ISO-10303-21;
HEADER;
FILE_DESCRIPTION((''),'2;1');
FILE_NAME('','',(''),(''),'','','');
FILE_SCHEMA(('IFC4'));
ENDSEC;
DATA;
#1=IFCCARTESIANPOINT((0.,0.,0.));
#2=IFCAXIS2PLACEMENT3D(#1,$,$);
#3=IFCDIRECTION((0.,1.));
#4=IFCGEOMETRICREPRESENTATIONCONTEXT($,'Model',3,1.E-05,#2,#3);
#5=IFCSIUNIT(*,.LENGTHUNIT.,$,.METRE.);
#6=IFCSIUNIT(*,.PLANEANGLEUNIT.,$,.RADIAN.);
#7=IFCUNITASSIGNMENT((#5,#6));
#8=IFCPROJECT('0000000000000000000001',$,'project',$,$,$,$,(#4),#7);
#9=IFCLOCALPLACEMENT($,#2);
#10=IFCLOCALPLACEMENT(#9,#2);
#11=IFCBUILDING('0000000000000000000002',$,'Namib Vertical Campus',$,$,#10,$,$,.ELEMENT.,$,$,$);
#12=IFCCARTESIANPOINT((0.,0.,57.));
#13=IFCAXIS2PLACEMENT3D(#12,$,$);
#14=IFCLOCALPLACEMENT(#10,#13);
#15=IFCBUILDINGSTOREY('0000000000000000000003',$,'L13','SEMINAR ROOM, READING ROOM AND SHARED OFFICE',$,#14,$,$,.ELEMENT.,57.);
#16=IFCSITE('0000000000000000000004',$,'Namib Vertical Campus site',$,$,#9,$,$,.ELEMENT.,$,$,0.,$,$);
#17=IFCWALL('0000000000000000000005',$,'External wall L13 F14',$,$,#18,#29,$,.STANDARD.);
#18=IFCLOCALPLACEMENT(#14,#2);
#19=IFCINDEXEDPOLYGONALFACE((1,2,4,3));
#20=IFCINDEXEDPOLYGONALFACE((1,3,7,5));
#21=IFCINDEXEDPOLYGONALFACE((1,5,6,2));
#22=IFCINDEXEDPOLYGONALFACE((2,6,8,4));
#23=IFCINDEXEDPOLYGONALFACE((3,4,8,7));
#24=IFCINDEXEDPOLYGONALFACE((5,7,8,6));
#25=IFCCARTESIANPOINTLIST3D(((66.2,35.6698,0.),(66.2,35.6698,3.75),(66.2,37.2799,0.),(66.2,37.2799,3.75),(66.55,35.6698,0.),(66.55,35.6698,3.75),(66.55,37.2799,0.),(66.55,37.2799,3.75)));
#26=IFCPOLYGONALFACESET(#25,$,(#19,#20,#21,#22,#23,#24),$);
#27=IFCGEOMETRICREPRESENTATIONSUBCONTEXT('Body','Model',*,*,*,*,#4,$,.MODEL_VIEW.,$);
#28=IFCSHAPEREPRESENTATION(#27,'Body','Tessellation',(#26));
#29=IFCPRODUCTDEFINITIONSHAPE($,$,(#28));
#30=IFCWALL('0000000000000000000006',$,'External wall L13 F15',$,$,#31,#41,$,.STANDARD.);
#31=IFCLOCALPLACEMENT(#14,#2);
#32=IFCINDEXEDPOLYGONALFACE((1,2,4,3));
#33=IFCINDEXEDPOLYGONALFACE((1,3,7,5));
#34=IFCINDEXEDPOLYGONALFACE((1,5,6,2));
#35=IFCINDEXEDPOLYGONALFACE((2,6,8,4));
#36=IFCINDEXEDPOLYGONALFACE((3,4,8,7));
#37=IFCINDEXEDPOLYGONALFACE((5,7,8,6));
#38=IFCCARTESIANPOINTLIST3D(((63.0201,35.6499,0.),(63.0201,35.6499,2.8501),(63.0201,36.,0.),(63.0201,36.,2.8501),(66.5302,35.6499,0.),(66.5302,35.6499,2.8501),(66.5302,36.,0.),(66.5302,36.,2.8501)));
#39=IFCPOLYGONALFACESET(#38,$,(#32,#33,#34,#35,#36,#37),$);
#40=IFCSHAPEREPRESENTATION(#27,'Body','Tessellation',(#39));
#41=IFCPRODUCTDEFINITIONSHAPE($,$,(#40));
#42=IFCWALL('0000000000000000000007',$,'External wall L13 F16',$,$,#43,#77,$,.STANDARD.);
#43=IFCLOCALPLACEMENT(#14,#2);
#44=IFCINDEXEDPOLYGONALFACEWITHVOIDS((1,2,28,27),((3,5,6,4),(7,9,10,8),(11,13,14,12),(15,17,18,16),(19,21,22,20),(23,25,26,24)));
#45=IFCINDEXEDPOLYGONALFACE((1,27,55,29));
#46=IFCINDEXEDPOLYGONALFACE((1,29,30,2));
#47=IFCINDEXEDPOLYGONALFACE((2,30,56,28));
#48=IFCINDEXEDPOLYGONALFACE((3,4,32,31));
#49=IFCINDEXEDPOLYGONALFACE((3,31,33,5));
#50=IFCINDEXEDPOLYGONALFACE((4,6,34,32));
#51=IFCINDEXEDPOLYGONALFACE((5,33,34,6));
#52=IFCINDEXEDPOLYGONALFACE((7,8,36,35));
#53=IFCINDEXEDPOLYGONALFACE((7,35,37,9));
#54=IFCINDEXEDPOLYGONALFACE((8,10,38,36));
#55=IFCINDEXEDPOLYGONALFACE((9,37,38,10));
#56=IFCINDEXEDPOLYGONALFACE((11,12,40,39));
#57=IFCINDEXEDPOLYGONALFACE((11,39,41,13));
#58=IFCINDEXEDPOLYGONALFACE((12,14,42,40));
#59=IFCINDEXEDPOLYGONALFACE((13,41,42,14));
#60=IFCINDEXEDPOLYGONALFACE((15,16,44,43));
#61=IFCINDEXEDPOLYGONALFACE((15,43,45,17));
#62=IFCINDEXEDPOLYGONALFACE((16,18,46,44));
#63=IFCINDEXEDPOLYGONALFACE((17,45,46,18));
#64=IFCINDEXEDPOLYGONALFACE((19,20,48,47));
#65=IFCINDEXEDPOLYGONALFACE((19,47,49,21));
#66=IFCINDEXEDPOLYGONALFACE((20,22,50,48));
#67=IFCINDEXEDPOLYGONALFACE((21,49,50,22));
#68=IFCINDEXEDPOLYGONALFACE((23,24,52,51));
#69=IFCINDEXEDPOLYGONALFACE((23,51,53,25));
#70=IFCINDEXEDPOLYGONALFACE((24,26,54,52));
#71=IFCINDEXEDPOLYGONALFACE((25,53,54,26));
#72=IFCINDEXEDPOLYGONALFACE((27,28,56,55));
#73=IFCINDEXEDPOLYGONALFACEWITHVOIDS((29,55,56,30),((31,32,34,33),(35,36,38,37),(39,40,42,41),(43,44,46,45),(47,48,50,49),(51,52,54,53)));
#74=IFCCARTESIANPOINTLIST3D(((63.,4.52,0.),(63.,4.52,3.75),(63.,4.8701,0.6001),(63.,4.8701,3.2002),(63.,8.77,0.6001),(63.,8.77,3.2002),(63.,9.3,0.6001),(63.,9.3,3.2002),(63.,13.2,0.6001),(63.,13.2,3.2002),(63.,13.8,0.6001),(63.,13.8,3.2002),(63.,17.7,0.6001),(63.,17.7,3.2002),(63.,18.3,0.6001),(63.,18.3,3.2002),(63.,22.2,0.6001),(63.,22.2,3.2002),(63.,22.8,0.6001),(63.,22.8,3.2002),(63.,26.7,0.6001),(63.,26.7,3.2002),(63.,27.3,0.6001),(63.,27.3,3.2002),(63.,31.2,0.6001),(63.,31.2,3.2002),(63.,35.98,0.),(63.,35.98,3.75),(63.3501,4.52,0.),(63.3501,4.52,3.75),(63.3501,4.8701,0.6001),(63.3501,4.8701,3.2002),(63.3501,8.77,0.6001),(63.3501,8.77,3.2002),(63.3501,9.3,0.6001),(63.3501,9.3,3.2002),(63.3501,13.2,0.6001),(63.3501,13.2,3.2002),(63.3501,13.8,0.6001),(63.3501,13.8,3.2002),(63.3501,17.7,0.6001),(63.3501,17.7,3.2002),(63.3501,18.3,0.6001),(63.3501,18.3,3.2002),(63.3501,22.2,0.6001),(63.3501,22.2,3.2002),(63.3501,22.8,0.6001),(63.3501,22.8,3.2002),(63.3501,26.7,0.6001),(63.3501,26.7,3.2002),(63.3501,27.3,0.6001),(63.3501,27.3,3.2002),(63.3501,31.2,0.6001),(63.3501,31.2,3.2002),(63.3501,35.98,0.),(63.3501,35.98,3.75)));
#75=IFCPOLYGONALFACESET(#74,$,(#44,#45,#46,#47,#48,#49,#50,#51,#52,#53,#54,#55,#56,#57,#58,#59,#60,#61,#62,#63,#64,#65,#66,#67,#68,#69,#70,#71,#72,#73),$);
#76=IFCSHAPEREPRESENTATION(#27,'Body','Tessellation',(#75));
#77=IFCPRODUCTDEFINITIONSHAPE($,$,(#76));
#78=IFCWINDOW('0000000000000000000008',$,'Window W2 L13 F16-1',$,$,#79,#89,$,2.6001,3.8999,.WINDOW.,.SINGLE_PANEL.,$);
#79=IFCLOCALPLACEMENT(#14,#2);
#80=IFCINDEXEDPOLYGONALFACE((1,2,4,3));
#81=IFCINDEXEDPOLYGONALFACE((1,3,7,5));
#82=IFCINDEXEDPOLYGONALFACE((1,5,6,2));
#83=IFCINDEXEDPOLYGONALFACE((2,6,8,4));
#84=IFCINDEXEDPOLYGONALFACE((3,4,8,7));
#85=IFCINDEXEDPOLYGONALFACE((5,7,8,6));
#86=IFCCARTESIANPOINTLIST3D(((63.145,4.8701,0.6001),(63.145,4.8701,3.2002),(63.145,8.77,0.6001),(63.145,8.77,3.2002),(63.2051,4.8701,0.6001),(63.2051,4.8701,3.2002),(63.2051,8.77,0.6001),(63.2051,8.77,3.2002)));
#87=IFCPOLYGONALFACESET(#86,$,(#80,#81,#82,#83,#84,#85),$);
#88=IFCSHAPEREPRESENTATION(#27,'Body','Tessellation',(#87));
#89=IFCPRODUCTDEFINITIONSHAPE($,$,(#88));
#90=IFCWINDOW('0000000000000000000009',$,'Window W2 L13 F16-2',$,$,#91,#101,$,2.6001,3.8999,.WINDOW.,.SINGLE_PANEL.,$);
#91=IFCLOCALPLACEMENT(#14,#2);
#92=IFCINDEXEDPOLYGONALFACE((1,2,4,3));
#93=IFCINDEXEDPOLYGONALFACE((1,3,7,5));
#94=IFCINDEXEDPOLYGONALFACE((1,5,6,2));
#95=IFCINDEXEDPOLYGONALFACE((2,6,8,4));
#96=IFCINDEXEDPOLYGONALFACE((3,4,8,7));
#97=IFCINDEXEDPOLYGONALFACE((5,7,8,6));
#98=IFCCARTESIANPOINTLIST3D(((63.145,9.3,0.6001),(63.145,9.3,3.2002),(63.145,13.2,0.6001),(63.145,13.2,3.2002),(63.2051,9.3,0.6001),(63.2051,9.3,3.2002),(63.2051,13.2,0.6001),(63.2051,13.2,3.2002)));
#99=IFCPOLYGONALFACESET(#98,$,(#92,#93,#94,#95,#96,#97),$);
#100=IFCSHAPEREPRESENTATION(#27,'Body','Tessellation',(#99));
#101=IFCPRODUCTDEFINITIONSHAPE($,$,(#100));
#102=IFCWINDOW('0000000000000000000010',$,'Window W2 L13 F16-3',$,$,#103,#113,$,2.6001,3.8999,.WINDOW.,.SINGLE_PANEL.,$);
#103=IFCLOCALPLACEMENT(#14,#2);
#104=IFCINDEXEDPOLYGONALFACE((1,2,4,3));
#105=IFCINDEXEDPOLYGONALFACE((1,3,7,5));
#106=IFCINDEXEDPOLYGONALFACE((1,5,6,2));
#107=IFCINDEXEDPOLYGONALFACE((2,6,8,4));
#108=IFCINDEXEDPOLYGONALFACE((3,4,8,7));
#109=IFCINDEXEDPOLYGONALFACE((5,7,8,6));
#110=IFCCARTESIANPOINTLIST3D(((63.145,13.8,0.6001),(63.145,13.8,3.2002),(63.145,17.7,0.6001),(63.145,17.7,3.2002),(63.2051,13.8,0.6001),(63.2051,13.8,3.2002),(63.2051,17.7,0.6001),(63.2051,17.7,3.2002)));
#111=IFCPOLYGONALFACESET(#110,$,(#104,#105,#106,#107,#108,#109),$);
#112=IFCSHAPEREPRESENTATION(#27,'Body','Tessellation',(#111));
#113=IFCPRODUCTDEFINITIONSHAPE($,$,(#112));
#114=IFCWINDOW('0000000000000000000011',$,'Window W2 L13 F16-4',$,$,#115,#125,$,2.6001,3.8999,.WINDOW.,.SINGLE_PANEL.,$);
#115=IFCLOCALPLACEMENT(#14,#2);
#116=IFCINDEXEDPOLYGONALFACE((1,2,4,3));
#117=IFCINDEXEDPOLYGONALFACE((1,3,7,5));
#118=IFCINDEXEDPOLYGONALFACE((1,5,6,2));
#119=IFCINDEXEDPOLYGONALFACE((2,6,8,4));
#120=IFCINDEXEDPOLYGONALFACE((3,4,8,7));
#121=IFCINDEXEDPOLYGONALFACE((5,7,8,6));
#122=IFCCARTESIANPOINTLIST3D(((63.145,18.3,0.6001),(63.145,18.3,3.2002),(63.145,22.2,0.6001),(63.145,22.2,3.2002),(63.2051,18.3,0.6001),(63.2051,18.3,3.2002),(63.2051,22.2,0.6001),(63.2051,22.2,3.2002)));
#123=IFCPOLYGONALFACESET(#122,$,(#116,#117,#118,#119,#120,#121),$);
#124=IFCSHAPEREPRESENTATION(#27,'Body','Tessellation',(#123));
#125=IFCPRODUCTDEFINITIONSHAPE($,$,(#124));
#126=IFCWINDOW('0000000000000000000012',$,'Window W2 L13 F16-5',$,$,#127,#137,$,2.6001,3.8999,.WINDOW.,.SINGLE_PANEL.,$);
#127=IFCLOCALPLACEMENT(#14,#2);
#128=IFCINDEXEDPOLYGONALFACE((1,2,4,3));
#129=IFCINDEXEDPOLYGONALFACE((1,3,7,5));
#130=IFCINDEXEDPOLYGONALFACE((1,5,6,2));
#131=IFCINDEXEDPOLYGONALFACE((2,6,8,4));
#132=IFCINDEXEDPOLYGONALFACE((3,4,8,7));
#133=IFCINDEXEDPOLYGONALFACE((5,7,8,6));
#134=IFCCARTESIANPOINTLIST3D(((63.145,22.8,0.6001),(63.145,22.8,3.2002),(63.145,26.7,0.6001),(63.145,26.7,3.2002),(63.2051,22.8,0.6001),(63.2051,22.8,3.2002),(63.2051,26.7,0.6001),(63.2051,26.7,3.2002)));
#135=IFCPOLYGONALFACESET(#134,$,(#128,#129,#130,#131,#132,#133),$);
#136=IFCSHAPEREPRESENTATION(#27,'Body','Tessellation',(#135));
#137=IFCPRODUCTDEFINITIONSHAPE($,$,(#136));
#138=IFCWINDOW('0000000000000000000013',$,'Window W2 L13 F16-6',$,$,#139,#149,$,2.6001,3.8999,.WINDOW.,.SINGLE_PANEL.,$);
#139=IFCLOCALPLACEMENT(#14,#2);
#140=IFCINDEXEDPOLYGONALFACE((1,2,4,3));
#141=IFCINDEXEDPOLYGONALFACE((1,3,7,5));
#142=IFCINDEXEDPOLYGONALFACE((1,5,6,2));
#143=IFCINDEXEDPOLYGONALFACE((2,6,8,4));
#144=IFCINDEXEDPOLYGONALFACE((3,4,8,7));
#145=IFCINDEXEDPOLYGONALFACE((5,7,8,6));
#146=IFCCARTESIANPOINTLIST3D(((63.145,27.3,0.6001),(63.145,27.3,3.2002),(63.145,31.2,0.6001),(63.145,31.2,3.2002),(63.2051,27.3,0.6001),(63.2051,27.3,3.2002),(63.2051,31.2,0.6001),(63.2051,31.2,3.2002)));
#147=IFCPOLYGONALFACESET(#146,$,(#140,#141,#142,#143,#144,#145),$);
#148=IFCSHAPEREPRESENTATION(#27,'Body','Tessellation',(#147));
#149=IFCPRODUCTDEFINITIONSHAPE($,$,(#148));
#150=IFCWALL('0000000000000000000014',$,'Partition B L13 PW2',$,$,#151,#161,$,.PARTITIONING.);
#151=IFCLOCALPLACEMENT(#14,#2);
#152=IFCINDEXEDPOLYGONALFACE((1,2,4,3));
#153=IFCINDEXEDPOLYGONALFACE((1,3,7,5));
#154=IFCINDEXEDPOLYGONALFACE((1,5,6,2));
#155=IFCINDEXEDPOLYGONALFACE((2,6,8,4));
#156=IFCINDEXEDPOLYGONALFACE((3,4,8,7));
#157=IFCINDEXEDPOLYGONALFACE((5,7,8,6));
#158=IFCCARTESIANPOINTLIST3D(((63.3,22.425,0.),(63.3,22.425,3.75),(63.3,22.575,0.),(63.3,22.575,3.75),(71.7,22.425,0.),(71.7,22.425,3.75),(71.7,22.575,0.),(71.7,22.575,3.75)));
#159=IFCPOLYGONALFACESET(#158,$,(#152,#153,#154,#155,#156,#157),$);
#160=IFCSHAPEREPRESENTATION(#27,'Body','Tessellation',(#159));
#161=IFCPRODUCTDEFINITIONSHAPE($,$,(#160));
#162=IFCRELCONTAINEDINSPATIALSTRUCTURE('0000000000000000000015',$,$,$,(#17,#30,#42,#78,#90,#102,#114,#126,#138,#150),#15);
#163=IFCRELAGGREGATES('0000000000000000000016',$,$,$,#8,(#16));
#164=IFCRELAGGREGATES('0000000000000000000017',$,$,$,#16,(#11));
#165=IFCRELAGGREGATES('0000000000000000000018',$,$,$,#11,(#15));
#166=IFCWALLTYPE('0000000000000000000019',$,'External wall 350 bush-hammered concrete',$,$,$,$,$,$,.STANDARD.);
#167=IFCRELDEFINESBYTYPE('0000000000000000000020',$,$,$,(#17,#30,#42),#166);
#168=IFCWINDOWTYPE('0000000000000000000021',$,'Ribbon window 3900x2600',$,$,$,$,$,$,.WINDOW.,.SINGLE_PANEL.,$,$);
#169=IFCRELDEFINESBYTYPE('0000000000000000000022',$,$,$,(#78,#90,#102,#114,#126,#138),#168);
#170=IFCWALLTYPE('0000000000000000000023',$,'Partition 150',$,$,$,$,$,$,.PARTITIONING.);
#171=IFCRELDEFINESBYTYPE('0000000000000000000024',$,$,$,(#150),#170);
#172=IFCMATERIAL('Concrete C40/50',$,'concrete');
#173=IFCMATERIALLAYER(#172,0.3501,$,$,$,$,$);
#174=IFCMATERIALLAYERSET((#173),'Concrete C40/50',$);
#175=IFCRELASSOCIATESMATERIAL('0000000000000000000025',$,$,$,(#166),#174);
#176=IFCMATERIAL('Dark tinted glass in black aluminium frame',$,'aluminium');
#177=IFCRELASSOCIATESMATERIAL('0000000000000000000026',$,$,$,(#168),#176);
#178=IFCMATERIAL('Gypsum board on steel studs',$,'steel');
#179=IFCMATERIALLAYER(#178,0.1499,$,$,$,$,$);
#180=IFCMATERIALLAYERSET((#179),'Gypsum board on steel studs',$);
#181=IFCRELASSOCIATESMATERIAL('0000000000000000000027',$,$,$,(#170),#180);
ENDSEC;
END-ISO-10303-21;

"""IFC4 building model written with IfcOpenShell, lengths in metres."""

from ifc_helpers import new_model, si_unit, direction, frame, frame_2d, origin, place, context, subcontext, project, spatial, rectangle, extrude, material, layer, layer_set, type_object, element, fill, save


model = new_model("IFC4")

# Units and contexts
model_context = context("Model", 3, precision=1e-05, world=origin(), true_north=direction((0.0, 1.0)))
body_context = subcontext(model_context, "Body", "Model", "MODEL_VIEW")
ifc_project = project(units=[si_unit("LENGTHUNIT", "METRE"), si_unit("PLANEANGLEUNIT", "RADIAN")], contexts=[model_context])

# Site, building, storey
site_placement = place(None, origin())
site = spatial("IfcSite", under=ifc_project, at=site_placement, Name="Namib Vertical Campus site", CompositionType="ELEMENT", RefElevation=0.0)
building_placement = place(site_placement, origin())
building = spatial("IfcBuilding", under=site, at=building_placement, Name="Namib Vertical Campus", CompositionType="ELEMENT")
storey_placement = place(building_placement, frame((0.0, 0.0, 57.0)))
storey = spatial("IfcBuildingStorey", under=building, at=storey_placement, Name="L13", Description="SEMINAR ROOM, READING ROOM AND SHARED OFFICE", CompositionType="ELEMENT", Elevation=57.0)

# Walls
ifc_material_1 = material(Name="Concrete C40/50", Category="concrete")
ifc_layer_1 = layer(ifc_material_1, 0.3501)
ifc_layer_set_1 = layer_set([ifc_layer_1], Name="Concrete C40/50")
wall_type_1 = type_object("IfcWallType", Name="External wall 350 bush-hammered concrete", PredefinedType="STANDARD", material=ifc_layer_set_1)
wall_1_placement = place(storey_placement, frame((66.375, 37.28, 0.0), z_axis=(0.0, 0.0, 1.0), x_axis=(0.0, -1.0, 0.0)))
element("IfcWall", 1, at=wall_1_placement, inside=storey, type_object=wall_type_1, Name="External wall L13 F14", PredefinedType="STANDARD", context=body_context, shape_type="SweptSolid", body=[
    extrude(rectangle(XDim=1.6101, YDim=0.3501, at=frame_2d((0.8052, 0.0))), origin(), (0.0, 0.0, 1.0), 3.75),
])
wall_2_placement = place(storey_placement, frame((66.53, 35.825, 0.0), z_axis=(0.0, 0.0, 1.0), x_axis=(-1.0, 0.0, 0.0)))
element("IfcWall", 2, at=wall_2_placement, inside=storey, type_object=wall_type_1, Name="External wall L13 F15", PredefinedType="STANDARD", context=body_context, shape_type="SweptSolid", body=[
    extrude(rectangle(XDim=3.51, YDim=0.3501, at=frame_2d((1.7549, 0.0))), origin(), (0.0, 0.0, 1.0), 2.8501),
])

# Wall, openings, windows
wall_3_placement = place(storey_placement, frame((63.175, 35.98, 0.0), z_axis=(0.0, 0.0, 1.0), x_axis=(0.0, -1.0, 0.0)))
wall_3 = element("IfcWall", 3, at=wall_3_placement, inside=storey, type_object=wall_type_1, Name="External wall L13 F16", PredefinedType="STANDARD", context=body_context, shape_type="SweptSolid", body=[
    extrude(rectangle(XDim=31.46, YDim=0.3501, at=frame_2d((15.73, 0.0))), origin(), (0.0, 0.0, 1.0), 3.75),
])
opening_1_placement = place(wall_3_placement, frame((27.21, 0.0, 0.6001)))
opening_1 = element("IfcOpeningElement", 4, at=opening_1_placement, cuts=wall_3, PredefinedType="OPENING", context=body_context, shape_type="SweptSolid", body=[
    extrude(rectangle(XDim=3.8999, YDim=2.6001, at=frame_2d((1.95, 1.3))), frame((0.0, 0.1851, 0.0), z_axis=(0.0, -1.0, 0.0), x_axis=(1.0, 0.0, 0.0)), (0.0, 0.0, 1.0), 0.3701),
])
opening_2_placement = place(wall_3_placement, frame((22.78, 0.0, 0.6001)))
opening_2 = element("IfcOpeningElement", 5, at=opening_2_placement, cuts=wall_3, PredefinedType="OPENING", context=body_context, shape_type="SweptSolid", body=[
    extrude(rectangle(XDim=3.8999, YDim=2.6001, at=frame_2d((1.95, 1.3))), frame((0.0, 0.1851, 0.0), z_axis=(0.0, -1.0, 0.0), x_axis=(1.0, 0.0, 0.0)), (0.0, 0.0, 1.0), 0.3701),
])
opening_3_placement = place(wall_3_placement, frame((18.28, 0.0, 0.6001)))
opening_3 = element("IfcOpeningElement", 6, at=opening_3_placement, cuts=wall_3, PredefinedType="OPENING", context=body_context, shape_type="SweptSolid", body=[
    extrude(rectangle(XDim=3.8999, YDim=2.6001, at=frame_2d((1.95, 1.3))), frame((0.0, 0.1851, 0.0), z_axis=(0.0, -1.0, 0.0), x_axis=(1.0, 0.0, 0.0)), (0.0, 0.0, 1.0), 0.3701),
])
opening_4_placement = place(wall_3_placement, frame((13.78, 0.0, 0.6001)))
opening_4 = element("IfcOpeningElement", 7, at=opening_4_placement, cuts=wall_3, PredefinedType="OPENING", context=body_context, shape_type="SweptSolid", body=[
    extrude(rectangle(XDim=3.8999, YDim=2.6001, at=frame_2d((1.95, 1.3))), frame((0.0, 0.1851, 0.0), z_axis=(0.0, -1.0, 0.0), x_axis=(1.0, 0.0, 0.0)), (0.0, 0.0, 1.0), 0.3701),
])
opening_5_placement = place(wall_3_placement, frame((9.28, 0.0, 0.6001)))
opening_5 = element("IfcOpeningElement", 8, at=opening_5_placement, cuts=wall_3, PredefinedType="OPENING", context=body_context, shape_type="SweptSolid", body=[
    extrude(rectangle(XDim=3.8999, YDim=2.6001, at=frame_2d((1.95, 1.3))), frame((0.0, 0.1851, 0.0), z_axis=(0.0, -1.0, 0.0), x_axis=(1.0, 0.0, 0.0)), (0.0, 0.0, 1.0), 0.3701),
])
opening_6_placement = place(wall_3_placement, frame((4.78, 0.0, 0.6001)))
opening_6 = element("IfcOpeningElement", 9, at=opening_6_placement, cuts=wall_3, PredefinedType="OPENING", context=body_context, shape_type="SweptSolid", body=[
    extrude(rectangle(XDim=3.8999, YDim=2.6001, at=frame_2d((1.95, 1.3))), frame((0.0, 0.1851, 0.0), z_axis=(0.0, -1.0, 0.0), x_axis=(1.0, 0.0, 0.0)), (0.0, 0.0, 1.0), 0.3701),
])
ifc_material_2 = material(Name="Dark tinted glass in black aluminium frame", Category="aluminium")
window_type = type_object("IfcWindowType", Name="Ribbon window 3900x2600", PartitioningType="SINGLE_PANEL", PredefinedType="WINDOW", material=ifc_material_2)
window_1_placement = place(opening_1_placement, origin())
window_1 = element("IfcWindow", 10, at=window_1_placement, inside=storey, type_object=window_type, Name="Window W2 L13 F16-1", OverallHeight=2.6001, OverallWidth=3.8999, PartitioningType="SINGLE_PANEL", PredefinedType="WINDOW", context=body_context, shape_type="SweptSolid", body=[
    extrude(rectangle(XDim=3.8999, YDim=2.6001, at=frame_2d((1.95, 1.3))), frame((0.0, 0.03, 0.0), z_axis=(0.0, -1.0, 0.0), x_axis=(1.0, 0.0, 0.0)), (0.0, 0.0, 1.0), 0.0601),
])
fill(opening_1, window_1)
window_2_placement = place(opening_2_placement, origin())
window_2 = element("IfcWindow", 11, at=window_2_placement, inside=storey, type_object=window_type, Name="Window W2 L13 F16-2", OverallHeight=2.6001, OverallWidth=3.8999, PartitioningType="SINGLE_PANEL", PredefinedType="WINDOW", context=body_context, shape_type="SweptSolid", body=[
    extrude(rectangle(XDim=3.8999, YDim=2.6001, at=frame_2d((1.95, 1.3))), frame((0.0, 0.03, 0.0), z_axis=(0.0, -1.0, 0.0), x_axis=(1.0, 0.0, 0.0)), (0.0, 0.0, 1.0), 0.0601),
])
fill(opening_2, window_2)
window_3_placement = place(opening_3_placement, origin())
window_3 = element("IfcWindow", 12, at=window_3_placement, inside=storey, type_object=window_type, Name="Window W2 L13 F16-3", OverallHeight=2.6001, OverallWidth=3.8999, PartitioningType="SINGLE_PANEL", PredefinedType="WINDOW", context=body_context, shape_type="SweptSolid", body=[
    extrude(rectangle(XDim=3.8999, YDim=2.6001, at=frame_2d((1.95, 1.3))), frame((0.0, 0.03, 0.0), z_axis=(0.0, -1.0, 0.0), x_axis=(1.0, 0.0, 0.0)), (0.0, 0.0, 1.0), 0.0601),
])
fill(opening_3, window_3)
window_4_placement = place(opening_4_placement, origin())
window_4 = element("IfcWindow", 13, at=window_4_placement, inside=storey, type_object=window_type, Name="Window W2 L13 F16-4", OverallHeight=2.6001, OverallWidth=3.8999, PartitioningType="SINGLE_PANEL", PredefinedType="WINDOW", context=body_context, shape_type="SweptSolid", body=[
    extrude(rectangle(XDim=3.8999, YDim=2.6001, at=frame_2d((1.95, 1.3))), frame((0.0, 0.03, 0.0), z_axis=(0.0, -1.0, 0.0), x_axis=(1.0, 0.0, 0.0)), (0.0, 0.0, 1.0), 0.0601),
])
fill(opening_4, window_4)
window_5_placement = place(opening_5_placement, origin())
window_5 = element("IfcWindow", 14, at=window_5_placement, inside=storey, type_object=window_type, Name="Window W2 L13 F16-5", OverallHeight=2.6001, OverallWidth=3.8999, PartitioningType="SINGLE_PANEL", PredefinedType="WINDOW", context=body_context, shape_type="SweptSolid", body=[
    extrude(rectangle(XDim=3.8999, YDim=2.6001, at=frame_2d((1.95, 1.3))), frame((0.0, 0.03, 0.0), z_axis=(0.0, -1.0, 0.0), x_axis=(1.0, 0.0, 0.0)), (0.0, 0.0, 1.0), 0.0601),
])
fill(opening_5, window_5)
window_6_placement = place(opening_6_placement, origin())
window_6 = element("IfcWindow", 15, at=window_6_placement, inside=storey, type_object=window_type, Name="Window W2 L13 F16-6", OverallHeight=2.6001, OverallWidth=3.8999, PartitioningType="SINGLE_PANEL", PredefinedType="WINDOW", context=body_context, shape_type="SweptSolid", body=[
    extrude(rectangle(XDim=3.8999, YDim=2.6001, at=frame_2d((1.95, 1.3))), frame((0.0, 0.03, 0.0), z_axis=(0.0, -1.0, 0.0), x_axis=(1.0, 0.0, 0.0)), (0.0, 0.0, 1.0), 0.0601),
])
fill(opening_6, window_6)

# Wall
ifc_material_3 = material(Name="Gypsum board on steel studs", Category="steel")
ifc_layer_2 = layer(ifc_material_3, 0.1499)
ifc_layer_set_2 = layer_set([ifc_layer_2], Name="Gypsum board on steel studs")
wall_type_2 = type_object("IfcWallType", Name="Partition 150", PredefinedType="PARTITIONING", material=ifc_layer_set_2)
wall_4_placement = place(storey_placement, frame((63.3, 22.5, 0.0), z_axis=(0.0, 0.0, 1.0), x_axis=(1.0, 0.0, 0.0)))
element("IfcWall", 16, at=wall_4_placement, inside=storey, type_object=wall_type_2, Name="Partition B L13 PW2", PredefinedType="PARTITIONING", context=body_context, shape_type="SweptSolid", body=[
    extrude(rectangle(XDim=8.3999, YDim=0.1499, at=frame_2d((4.2, 0.0))), origin(), (0.0, 0.0, 1.0), 3.75),
])

save(model, "model.ifc")
